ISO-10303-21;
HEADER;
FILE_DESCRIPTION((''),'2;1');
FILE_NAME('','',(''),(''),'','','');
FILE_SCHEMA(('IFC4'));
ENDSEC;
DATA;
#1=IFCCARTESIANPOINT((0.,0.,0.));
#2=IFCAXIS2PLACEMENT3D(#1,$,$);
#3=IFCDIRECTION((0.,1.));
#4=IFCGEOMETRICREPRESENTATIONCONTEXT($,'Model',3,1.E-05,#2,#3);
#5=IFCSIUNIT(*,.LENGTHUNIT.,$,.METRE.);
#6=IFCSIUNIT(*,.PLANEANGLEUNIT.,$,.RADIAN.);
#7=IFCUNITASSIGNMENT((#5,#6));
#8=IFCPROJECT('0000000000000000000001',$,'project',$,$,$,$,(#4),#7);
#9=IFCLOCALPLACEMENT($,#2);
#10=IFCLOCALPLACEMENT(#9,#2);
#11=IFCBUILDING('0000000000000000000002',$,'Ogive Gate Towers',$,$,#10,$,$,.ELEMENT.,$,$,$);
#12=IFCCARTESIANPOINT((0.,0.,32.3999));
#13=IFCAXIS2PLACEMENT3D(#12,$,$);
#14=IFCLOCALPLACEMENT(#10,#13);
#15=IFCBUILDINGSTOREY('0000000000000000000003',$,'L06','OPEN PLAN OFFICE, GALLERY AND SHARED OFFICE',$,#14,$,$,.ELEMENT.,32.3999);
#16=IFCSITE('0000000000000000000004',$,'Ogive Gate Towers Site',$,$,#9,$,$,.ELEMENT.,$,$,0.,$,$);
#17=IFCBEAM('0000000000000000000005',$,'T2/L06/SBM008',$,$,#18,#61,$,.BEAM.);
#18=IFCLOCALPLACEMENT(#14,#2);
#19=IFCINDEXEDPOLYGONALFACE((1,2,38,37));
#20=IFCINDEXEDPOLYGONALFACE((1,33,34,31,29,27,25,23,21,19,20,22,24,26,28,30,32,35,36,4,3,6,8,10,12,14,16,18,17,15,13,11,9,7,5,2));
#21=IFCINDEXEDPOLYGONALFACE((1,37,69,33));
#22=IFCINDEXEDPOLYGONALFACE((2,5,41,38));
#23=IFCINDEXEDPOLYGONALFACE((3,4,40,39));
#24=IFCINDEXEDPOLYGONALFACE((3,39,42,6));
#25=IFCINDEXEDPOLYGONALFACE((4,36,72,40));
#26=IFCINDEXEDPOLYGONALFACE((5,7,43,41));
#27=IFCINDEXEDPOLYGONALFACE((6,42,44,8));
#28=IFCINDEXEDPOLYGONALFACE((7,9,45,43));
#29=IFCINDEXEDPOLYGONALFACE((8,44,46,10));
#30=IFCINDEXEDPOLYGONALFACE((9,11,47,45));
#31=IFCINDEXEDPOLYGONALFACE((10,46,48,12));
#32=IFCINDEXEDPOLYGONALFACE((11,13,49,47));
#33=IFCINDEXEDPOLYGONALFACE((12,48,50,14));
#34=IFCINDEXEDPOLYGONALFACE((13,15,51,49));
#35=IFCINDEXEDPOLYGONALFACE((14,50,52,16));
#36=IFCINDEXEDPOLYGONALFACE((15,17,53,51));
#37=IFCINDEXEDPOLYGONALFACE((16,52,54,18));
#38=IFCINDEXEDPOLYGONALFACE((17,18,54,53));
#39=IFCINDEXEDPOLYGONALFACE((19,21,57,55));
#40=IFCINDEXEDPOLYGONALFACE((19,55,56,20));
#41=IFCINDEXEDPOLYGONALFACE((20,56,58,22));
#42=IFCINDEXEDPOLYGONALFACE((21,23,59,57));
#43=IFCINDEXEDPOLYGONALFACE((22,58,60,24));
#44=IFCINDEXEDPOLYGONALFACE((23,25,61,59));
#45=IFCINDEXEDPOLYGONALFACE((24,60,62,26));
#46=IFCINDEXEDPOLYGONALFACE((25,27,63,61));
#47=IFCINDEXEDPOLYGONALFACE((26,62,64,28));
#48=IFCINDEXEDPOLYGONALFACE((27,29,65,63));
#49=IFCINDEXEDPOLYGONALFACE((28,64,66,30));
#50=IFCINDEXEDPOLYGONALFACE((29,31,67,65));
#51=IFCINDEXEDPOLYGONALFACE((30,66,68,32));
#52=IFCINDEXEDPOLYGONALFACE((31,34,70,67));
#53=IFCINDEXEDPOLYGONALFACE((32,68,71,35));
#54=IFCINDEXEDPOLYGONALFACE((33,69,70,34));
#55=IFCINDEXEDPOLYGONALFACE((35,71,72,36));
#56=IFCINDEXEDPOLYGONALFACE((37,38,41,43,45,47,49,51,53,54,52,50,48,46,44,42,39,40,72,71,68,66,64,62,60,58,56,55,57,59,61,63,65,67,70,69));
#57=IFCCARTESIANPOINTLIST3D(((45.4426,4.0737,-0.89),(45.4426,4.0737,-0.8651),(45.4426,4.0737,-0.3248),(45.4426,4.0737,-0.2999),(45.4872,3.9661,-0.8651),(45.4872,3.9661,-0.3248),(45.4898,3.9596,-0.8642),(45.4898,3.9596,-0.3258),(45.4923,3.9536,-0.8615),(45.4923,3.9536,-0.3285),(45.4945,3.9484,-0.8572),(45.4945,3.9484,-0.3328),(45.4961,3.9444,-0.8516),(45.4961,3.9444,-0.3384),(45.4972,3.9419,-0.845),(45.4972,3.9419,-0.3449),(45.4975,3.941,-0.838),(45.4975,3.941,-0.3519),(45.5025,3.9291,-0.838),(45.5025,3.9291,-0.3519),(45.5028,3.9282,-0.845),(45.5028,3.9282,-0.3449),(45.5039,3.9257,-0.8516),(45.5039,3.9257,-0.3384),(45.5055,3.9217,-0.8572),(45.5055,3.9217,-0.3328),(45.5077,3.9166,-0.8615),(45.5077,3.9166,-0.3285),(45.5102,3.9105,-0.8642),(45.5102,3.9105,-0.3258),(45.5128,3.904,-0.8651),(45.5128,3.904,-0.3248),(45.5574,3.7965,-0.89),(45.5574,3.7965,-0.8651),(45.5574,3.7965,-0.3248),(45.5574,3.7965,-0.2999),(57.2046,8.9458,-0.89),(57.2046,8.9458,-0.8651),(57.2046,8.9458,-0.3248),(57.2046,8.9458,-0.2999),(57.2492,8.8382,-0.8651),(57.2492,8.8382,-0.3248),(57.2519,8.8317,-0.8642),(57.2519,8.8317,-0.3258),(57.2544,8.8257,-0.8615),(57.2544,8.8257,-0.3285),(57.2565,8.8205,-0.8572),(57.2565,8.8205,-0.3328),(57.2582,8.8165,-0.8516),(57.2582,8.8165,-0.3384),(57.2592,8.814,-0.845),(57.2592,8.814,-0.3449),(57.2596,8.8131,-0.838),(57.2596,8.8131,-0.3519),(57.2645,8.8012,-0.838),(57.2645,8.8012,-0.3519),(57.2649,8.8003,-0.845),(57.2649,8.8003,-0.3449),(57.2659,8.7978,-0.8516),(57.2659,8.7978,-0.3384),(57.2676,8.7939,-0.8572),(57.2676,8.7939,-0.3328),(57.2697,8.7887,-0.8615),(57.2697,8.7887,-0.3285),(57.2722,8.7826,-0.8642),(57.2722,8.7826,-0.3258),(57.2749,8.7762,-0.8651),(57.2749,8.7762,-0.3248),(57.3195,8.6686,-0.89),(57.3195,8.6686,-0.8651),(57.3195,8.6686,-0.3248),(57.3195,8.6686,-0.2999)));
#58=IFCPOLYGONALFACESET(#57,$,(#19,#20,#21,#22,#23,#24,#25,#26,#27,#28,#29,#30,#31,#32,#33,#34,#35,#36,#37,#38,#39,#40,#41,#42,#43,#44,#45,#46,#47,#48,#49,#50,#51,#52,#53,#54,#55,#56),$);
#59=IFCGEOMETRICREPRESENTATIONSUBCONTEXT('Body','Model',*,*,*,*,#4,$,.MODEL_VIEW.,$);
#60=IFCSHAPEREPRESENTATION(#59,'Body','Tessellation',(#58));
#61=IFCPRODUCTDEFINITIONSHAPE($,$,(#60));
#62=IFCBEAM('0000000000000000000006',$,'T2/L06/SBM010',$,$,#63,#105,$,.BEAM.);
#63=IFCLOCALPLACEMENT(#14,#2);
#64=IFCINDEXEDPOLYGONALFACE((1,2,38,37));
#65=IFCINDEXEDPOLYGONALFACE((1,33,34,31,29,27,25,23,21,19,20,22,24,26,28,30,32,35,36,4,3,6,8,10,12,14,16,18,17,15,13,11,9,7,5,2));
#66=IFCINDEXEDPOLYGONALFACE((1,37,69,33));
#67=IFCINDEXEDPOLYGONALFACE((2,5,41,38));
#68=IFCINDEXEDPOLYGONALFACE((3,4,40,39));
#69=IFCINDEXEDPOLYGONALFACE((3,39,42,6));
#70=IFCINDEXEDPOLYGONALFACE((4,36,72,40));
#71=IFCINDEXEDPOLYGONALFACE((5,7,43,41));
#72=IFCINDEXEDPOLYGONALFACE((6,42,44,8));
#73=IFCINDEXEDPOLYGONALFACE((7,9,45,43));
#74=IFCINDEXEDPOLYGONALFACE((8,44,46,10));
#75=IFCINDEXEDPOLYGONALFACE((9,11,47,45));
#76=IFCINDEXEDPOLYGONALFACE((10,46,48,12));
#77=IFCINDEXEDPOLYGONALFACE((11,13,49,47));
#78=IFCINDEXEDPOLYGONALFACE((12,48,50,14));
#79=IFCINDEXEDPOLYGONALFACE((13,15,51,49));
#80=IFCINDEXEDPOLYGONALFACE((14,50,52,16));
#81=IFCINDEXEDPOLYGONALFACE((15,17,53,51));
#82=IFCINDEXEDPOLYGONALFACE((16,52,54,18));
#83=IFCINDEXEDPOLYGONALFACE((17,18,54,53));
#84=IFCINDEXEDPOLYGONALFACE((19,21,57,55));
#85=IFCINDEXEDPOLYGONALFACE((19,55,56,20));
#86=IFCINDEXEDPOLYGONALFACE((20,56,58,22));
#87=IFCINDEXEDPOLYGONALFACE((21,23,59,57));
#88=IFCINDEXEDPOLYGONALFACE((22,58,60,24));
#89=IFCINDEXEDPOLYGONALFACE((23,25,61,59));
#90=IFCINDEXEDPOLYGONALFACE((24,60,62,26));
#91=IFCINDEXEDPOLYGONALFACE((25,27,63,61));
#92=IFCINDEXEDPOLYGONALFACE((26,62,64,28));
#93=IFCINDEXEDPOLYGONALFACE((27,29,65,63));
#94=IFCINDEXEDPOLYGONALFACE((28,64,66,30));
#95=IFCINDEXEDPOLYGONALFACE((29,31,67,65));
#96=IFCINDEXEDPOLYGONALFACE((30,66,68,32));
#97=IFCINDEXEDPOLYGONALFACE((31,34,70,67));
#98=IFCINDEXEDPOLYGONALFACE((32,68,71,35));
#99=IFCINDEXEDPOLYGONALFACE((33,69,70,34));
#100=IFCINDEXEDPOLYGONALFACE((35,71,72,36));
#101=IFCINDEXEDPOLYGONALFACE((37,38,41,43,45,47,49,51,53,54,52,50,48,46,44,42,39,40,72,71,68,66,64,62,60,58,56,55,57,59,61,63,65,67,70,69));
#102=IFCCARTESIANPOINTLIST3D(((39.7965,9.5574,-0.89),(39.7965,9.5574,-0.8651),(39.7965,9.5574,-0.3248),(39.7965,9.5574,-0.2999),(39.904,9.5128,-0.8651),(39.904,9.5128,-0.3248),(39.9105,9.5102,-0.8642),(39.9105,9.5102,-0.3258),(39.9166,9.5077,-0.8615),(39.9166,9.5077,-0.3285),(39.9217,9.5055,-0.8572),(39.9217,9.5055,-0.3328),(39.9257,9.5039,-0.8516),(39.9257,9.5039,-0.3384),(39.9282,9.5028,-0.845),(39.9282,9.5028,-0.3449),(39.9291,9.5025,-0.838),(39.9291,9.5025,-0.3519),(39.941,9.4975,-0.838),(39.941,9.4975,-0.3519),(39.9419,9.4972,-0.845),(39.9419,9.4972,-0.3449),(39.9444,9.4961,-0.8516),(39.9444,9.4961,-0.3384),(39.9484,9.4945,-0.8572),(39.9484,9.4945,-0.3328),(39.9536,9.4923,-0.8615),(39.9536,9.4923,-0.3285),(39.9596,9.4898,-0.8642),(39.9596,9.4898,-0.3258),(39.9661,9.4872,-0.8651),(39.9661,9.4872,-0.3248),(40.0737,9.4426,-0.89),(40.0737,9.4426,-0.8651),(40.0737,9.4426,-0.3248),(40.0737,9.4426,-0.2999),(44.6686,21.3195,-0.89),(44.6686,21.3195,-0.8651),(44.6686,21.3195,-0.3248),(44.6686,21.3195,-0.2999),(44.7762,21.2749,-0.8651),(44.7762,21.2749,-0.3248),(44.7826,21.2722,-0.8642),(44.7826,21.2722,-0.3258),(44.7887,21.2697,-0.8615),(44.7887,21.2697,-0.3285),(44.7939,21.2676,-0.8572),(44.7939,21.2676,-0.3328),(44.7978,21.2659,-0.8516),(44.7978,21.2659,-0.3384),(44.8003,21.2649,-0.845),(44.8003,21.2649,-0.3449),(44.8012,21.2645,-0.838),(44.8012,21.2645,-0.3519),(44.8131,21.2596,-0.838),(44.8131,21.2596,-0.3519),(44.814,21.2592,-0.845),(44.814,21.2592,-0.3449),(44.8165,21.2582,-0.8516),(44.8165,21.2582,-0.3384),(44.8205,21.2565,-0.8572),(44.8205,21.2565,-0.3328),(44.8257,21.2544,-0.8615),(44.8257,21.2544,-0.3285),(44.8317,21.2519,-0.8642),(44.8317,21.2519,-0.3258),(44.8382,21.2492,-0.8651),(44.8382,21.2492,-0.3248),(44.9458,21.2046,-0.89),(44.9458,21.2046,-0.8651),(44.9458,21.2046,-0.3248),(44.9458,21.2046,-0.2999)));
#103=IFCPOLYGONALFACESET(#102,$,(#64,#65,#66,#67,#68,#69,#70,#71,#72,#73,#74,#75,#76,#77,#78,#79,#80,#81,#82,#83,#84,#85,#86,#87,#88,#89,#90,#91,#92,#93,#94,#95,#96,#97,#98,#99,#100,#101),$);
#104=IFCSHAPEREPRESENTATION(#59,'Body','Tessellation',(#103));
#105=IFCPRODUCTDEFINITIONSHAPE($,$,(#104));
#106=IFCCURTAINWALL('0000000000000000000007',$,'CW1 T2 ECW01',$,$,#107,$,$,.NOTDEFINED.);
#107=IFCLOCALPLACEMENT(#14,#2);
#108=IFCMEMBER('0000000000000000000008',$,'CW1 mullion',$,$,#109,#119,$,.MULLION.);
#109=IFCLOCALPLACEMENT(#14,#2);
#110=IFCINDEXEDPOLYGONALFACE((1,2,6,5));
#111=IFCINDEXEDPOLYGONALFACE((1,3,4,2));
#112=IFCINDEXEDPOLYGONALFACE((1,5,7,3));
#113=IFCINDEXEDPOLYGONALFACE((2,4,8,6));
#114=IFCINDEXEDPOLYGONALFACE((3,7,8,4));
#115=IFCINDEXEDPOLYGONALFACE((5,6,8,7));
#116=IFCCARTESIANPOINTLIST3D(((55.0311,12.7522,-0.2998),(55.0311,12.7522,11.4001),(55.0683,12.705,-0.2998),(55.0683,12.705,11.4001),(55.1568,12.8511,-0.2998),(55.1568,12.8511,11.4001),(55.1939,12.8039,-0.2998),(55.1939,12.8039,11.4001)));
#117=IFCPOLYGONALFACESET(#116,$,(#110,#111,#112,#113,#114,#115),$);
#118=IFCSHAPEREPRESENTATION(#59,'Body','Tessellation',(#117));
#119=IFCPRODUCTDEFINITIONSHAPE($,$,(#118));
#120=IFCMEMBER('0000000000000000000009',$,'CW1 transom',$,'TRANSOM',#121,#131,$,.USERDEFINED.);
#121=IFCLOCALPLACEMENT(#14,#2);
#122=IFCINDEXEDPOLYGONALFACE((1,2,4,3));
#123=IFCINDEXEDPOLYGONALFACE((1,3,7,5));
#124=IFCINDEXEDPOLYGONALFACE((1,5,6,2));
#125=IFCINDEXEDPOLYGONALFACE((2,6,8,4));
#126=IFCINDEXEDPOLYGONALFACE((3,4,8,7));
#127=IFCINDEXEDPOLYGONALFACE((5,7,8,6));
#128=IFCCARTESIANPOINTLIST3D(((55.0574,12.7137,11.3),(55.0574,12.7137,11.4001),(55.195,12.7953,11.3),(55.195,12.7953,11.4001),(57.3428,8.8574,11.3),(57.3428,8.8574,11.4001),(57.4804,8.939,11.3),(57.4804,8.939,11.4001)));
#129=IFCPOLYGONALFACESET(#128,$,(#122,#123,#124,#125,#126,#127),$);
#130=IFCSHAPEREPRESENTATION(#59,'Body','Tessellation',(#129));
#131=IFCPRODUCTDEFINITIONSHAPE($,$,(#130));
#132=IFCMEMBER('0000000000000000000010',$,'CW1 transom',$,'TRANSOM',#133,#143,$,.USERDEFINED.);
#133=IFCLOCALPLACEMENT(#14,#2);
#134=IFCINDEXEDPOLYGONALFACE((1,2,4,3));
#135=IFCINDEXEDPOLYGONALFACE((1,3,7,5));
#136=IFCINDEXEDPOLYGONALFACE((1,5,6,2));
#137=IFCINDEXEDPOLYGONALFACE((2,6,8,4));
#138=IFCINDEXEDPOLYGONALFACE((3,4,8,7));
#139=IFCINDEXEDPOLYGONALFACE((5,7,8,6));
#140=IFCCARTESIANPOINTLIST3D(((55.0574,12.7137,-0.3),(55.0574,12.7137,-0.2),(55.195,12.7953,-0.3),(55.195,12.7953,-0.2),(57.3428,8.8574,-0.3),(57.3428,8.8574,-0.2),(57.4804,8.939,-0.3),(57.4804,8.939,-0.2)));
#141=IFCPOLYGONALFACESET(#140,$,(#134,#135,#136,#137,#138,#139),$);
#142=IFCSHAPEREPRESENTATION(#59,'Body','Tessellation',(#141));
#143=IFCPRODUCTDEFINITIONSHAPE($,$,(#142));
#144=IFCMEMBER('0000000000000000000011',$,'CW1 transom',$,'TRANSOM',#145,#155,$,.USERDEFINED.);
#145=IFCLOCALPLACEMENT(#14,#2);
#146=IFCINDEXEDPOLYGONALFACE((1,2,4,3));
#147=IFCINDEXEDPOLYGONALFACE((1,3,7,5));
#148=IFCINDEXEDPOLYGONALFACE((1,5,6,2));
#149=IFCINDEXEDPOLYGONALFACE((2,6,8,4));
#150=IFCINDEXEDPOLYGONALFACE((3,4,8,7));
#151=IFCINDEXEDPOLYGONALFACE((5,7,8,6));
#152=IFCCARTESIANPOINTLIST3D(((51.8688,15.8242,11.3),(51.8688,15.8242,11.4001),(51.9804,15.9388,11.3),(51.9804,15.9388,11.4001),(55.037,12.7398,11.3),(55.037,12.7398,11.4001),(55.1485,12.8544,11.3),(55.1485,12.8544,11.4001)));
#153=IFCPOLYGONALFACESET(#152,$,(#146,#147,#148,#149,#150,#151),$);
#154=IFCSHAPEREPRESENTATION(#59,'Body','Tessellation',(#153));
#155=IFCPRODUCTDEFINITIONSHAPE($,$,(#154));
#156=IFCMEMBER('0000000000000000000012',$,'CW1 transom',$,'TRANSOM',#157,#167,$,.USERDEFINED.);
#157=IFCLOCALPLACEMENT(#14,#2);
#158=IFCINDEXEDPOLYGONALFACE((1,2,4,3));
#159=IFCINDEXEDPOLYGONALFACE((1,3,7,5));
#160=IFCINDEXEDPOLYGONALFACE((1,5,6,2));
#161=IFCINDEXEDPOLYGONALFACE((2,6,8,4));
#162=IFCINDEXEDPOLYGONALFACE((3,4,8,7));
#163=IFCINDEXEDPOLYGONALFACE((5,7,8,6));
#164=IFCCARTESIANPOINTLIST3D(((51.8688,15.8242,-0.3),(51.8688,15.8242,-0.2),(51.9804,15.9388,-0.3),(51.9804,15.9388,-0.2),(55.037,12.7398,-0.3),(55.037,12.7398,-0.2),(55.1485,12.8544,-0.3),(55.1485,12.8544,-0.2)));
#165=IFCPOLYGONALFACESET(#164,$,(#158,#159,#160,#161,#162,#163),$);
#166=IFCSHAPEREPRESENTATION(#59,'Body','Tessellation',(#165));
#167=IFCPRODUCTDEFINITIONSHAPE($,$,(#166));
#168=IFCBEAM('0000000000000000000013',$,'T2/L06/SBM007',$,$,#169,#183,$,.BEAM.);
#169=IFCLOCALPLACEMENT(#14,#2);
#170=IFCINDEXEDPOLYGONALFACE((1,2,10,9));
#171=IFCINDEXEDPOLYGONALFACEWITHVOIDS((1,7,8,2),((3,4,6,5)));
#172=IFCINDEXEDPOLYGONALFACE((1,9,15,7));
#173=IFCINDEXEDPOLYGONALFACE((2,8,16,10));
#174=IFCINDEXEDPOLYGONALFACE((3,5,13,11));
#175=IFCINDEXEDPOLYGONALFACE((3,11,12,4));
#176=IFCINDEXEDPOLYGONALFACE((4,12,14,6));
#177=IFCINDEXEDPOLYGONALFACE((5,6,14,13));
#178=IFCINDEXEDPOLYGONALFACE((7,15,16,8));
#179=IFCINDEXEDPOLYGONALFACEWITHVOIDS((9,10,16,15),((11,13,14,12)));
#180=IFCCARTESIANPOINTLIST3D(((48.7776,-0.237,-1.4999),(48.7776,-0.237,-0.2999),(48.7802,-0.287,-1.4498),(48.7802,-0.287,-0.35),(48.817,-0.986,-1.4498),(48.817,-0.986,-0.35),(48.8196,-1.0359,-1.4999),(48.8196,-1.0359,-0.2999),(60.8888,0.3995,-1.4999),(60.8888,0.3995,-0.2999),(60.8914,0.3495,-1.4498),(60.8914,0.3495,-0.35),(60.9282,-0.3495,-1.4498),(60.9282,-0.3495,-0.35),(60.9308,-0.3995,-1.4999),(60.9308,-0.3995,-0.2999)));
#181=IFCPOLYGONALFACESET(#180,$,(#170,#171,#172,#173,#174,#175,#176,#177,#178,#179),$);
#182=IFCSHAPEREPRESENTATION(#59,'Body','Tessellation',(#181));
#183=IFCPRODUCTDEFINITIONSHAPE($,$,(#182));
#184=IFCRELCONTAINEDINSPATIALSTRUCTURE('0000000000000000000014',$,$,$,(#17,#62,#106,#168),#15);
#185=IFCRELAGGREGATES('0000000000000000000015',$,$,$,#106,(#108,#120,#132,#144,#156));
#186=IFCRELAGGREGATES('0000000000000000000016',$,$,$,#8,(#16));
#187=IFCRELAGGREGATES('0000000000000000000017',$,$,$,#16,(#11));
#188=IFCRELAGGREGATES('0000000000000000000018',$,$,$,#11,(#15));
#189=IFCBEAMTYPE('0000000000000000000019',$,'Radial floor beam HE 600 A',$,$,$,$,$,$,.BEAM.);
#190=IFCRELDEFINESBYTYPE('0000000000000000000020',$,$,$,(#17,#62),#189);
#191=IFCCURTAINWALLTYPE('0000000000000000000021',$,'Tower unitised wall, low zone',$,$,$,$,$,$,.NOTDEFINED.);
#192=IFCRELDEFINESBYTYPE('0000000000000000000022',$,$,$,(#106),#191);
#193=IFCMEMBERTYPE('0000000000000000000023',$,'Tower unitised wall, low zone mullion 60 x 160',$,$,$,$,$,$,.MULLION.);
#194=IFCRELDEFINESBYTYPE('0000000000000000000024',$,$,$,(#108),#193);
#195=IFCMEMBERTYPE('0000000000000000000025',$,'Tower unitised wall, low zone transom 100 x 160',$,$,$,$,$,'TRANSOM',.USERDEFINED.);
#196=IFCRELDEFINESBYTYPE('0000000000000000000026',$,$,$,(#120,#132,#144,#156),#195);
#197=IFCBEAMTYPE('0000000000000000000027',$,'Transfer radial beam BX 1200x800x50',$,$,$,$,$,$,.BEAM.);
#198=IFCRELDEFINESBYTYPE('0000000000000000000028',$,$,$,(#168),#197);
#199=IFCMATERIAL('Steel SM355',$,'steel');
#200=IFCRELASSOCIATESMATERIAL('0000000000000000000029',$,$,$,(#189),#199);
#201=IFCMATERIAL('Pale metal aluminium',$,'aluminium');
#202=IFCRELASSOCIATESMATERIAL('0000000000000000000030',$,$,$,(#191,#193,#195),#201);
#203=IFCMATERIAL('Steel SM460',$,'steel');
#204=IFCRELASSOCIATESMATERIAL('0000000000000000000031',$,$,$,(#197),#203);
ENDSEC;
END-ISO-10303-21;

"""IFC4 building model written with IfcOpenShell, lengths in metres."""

from ifc_helpers import new_model, si_unit, direction, frame, origin, origin_2d, place, context, subcontext, project, spatial, rectangle, hollow_rectangle, i_section, extrude, material, material_profile, profile_set, type_object, element, aggregate, save


model = new_model("IFC4")

# Units and contexts
model_context = context("Model", 3, precision=1e-05, world=origin(), true_north=direction((0.0, 1.0)))
body_context = subcontext(model_context, "Body", "Model", "MODEL_VIEW")
ifc_project = project(units=[si_unit("LENGTHUNIT", "METRE"), si_unit("PLANEANGLEUNIT", "RADIAN")], contexts=[model_context])

# Site, building, storey
site_placement = place(None, origin())
site = spatial("IfcSite", under=ifc_project, at=site_placement, Name="Ogive Gate Towers Site", CompositionType="ELEMENT", RefElevation=0.0)
building_placement = place(site_placement, origin())
building = spatial("IfcBuilding", under=site, at=building_placement, Name="Ogive Gate Towers", CompositionType="ELEMENT")
storey_placement = place(building_placement, frame((0.0, 0.0, 32.3999)))
storey = spatial("IfcBuildingStorey", under=building, at=storey_placement, Name="L06", Description="OPEN PLAN OFFICE, GALLERY AND SHARED OFFICE", CompositionType="ELEMENT", Elevation=32.3999)

# Beams
ifc_material_1 = material(Name="Steel SM355", Category="steel")
ifc_material_profile_1 = material_profile(ifc_material_1, i_section(OverallWidth=0.3, OverallDepth=0.5901, WebThickness=0.0129, FlangeThickness=0.0249, FilletRadius=0.0271, at=origin_2d()), Name="HE 600 A")
ifc_profile_set_1 = profile_set([ifc_material_profile_1], Name="Steel SM355")
beam_type_1 = type_object("IfcBeamType", Name="Radial floor beam HE 600 A", PredefinedType="BEAM", material=ifc_profile_set_1)
for number, where, z_axis, x_axis, name in (
    (1, (45.5, 3.9351, -0.595), (0.923877, 0.382691, 0.0), (-0.382691, 0.923877, 0.0), "T2/L06/SBM008"),
    (2, (39.9351, 9.5, -0.595), (0.382691, 0.923877, 0.0), (-0.923877, 0.382691, 0.0), "T2/L06/SBM010"),
):
    element("IfcBeam", number, at=place(storey_placement, frame(where, z_axis=z_axis, x_axis=x_axis)), inside=storey, type_object=beam_type_1, Name=name, PredefinedType="BEAM", context=body_context, shape_type="SweptSolid", body=[
        extrude(i_section(OverallWidth=0.3, OverallDepth=0.5901, WebThickness=0.0129, FlangeThickness=0.0249, FilletRadius=0.0271, at=origin_2d()), origin(), (0.0, 0.0, 1.0), 12.7312),
    ])

# Curtain wall, members
ifc_material_2 = material(Name="Pale metal aluminium", Category="aluminium")
curtain_wall_type = type_object("IfcCurtainWallType", Name="Tower unitised wall, low zone", PredefinedType="NOTDEFINED", material=ifc_material_2)
curtain_wall_placement = place(storey_placement, origin())
curtain_wall = element("IfcCurtainWall", 3, at=curtain_wall_placement, inside=storey, type_object=curtain_wall_type, Name="CW1 T2 ECW01", PredefinedType="NOTDEFINED")
ifc_material_profile_2 = material_profile(ifc_material_2, rectangle(XDim=0.1599, YDim=0.0601, at=origin_2d()), Name="60 x 160 aluminium box")
ifc_profile_set_2 = profile_set([ifc_material_profile_2], Name="Pale metal aluminium")
member_type_1 = type_object("IfcMemberType", Name="Tower unitised wall, low zone mullion 60 x 160", PredefinedType="MULLION", material=ifc_profile_set_2)
member_1_placement = place(storey_placement, frame((55.1125, 12.7781, -0.2998), z_axis=(0.0, 0.0, 1.0), x_axis=(0.78576, 0.618532, 0.0)))
member_1 = element("IfcMember", 4, at=member_1_placement, type_object=member_type_1, Name="CW1 mullion", PredefinedType="MULLION", context=body_context, shape_type="SweptSolid", body=[
    extrude(rectangle(XDim=0.1599, YDim=0.0601, at=origin_2d()), origin(), (0.0, 0.0, 1.0), 11.7),
])
ifc_material_profile_3 = material_profile(ifc_material_2, rectangle(XDim=0.1599, YDim=0.1001, at=origin_2d()), Name="100 x 160 aluminium box")
ifc_profile_set_3 = profile_set([ifc_material_profile_3], Name="Pale metal aluminium")
member_type_2 = type_object("IfcMemberType", Name="Tower unitised wall, low zone transom 100 x 160", ElementType="TRANSOM", PredefinedType="USERDEFINED", material=ifc_profile_set_3)
member_2_placement = place(storey_placement, frame((57.4116, 8.8982, 11.3501), z_axis=(-0.509843, 0.860268, 0.0), x_axis=(-0.860268, -0.509843, 0.0)))
member_2 = element("IfcMember", 5, at=member_2_placement, type_object=member_type_2, Name="CW1 transom", ObjectType="TRANSOM", PredefinedType="USERDEFINED", context=body_context, shape_type="SweptSolid", body=[
    extrude(rectangle(XDim=0.1599, YDim=0.1001, at=origin_2d()), origin(), (0.0, 0.0, 1.0), 4.4827),
])
member_3_placement = place(storey_placement, frame((57.4116, 8.8982, -0.25), z_axis=(-0.509843, 0.860268, 0.0), x_axis=(-0.860268, -0.509843, 0.0)))
member_3 = element("IfcMember", 6, at=member_3_placement, type_object=member_type_2, Name="CW1 transom", ObjectType="TRANSOM", PredefinedType="USERDEFINED", context=body_context, shape_type="SweptSolid", body=[
    extrude(rectangle(XDim=0.1599, YDim=0.1001, at=origin_2d()), origin(), (0.0, 0.0, 1.0), 4.4827),
])
member_4_placement = place(storey_placement, frame((55.0928, 12.7971, 11.3501), z_axis=(-0.716513, 0.697574, 0.0), x_axis=(-0.697574, -0.716513, 0.0)))
member_4 = element("IfcMember", 7, at=member_4_placement, type_object=member_type_2, Name="CW1 transom", ObjectType="TRANSOM", PredefinedType="USERDEFINED", context=body_context, shape_type="SweptSolid", body=[
    extrude(rectangle(XDim=0.1599, YDim=0.1001, at=origin_2d()), origin(), (0.0, 0.0, 1.0), 4.4216),
])
member_5_placement = place(storey_placement, frame((55.0928, 12.7971, -0.25), z_axis=(-0.716513, 0.697574, 0.0), x_axis=(-0.697574, -0.716513, 0.0)))
member_5 = element("IfcMember", 8, at=member_5_placement, type_object=member_type_2, Name="CW1 transom", ObjectType="TRANSOM", PredefinedType="USERDEFINED", context=body_context, shape_type="SweptSolid", body=[
    extrude(rectangle(XDim=0.1599, YDim=0.1001, at=origin_2d()), origin(), (0.0, 0.0, 1.0), 4.4216),
])

# Beam
ifc_material_3 = material(Name="Steel SM460", Category="steel")
ifc_material_profile_4 = material_profile(ifc_material_3, hollow_rectangle(XDim=0.8, YDim=1.2, WallThickness=0.05, at=origin_2d()), Name="BX 1200x800x50")
ifc_profile_set_4 = profile_set([ifc_material_profile_4], Name="Steel SM460")
beam_type_2 = type_object("IfcBeamType", Name="Transfer radial beam BX 1200x800x50", PredefinedType="BEAM", material=ifc_profile_set_4)
for number, where, z_axis, x_axis, name in (
    (9, (48.7986, -0.6365, -0.8999), (0.998622, 0.05248, 0.0), (-0.05248, 0.998622, 0.0), "T2/L06/SBM007"),
):
    element("IfcBeam", number, at=place(storey_placement, frame(where, z_axis=z_axis, x_axis=x_axis)), inside=storey, type_object=beam_type_2, Name=name, PredefinedType="BEAM", context=body_context, shape_type="SweptSolid", body=[
        extrude(hollow_rectangle(XDim=0.8, YDim=1.2, WallThickness=0.05, at=origin_2d()), origin(), (0.0, 0.0, 1.0), 12.1279),
    ])

aggregate(curtain_wall, [member_1, member_2, member_3, member_4, member_5])

save(model, "model.ifc")
